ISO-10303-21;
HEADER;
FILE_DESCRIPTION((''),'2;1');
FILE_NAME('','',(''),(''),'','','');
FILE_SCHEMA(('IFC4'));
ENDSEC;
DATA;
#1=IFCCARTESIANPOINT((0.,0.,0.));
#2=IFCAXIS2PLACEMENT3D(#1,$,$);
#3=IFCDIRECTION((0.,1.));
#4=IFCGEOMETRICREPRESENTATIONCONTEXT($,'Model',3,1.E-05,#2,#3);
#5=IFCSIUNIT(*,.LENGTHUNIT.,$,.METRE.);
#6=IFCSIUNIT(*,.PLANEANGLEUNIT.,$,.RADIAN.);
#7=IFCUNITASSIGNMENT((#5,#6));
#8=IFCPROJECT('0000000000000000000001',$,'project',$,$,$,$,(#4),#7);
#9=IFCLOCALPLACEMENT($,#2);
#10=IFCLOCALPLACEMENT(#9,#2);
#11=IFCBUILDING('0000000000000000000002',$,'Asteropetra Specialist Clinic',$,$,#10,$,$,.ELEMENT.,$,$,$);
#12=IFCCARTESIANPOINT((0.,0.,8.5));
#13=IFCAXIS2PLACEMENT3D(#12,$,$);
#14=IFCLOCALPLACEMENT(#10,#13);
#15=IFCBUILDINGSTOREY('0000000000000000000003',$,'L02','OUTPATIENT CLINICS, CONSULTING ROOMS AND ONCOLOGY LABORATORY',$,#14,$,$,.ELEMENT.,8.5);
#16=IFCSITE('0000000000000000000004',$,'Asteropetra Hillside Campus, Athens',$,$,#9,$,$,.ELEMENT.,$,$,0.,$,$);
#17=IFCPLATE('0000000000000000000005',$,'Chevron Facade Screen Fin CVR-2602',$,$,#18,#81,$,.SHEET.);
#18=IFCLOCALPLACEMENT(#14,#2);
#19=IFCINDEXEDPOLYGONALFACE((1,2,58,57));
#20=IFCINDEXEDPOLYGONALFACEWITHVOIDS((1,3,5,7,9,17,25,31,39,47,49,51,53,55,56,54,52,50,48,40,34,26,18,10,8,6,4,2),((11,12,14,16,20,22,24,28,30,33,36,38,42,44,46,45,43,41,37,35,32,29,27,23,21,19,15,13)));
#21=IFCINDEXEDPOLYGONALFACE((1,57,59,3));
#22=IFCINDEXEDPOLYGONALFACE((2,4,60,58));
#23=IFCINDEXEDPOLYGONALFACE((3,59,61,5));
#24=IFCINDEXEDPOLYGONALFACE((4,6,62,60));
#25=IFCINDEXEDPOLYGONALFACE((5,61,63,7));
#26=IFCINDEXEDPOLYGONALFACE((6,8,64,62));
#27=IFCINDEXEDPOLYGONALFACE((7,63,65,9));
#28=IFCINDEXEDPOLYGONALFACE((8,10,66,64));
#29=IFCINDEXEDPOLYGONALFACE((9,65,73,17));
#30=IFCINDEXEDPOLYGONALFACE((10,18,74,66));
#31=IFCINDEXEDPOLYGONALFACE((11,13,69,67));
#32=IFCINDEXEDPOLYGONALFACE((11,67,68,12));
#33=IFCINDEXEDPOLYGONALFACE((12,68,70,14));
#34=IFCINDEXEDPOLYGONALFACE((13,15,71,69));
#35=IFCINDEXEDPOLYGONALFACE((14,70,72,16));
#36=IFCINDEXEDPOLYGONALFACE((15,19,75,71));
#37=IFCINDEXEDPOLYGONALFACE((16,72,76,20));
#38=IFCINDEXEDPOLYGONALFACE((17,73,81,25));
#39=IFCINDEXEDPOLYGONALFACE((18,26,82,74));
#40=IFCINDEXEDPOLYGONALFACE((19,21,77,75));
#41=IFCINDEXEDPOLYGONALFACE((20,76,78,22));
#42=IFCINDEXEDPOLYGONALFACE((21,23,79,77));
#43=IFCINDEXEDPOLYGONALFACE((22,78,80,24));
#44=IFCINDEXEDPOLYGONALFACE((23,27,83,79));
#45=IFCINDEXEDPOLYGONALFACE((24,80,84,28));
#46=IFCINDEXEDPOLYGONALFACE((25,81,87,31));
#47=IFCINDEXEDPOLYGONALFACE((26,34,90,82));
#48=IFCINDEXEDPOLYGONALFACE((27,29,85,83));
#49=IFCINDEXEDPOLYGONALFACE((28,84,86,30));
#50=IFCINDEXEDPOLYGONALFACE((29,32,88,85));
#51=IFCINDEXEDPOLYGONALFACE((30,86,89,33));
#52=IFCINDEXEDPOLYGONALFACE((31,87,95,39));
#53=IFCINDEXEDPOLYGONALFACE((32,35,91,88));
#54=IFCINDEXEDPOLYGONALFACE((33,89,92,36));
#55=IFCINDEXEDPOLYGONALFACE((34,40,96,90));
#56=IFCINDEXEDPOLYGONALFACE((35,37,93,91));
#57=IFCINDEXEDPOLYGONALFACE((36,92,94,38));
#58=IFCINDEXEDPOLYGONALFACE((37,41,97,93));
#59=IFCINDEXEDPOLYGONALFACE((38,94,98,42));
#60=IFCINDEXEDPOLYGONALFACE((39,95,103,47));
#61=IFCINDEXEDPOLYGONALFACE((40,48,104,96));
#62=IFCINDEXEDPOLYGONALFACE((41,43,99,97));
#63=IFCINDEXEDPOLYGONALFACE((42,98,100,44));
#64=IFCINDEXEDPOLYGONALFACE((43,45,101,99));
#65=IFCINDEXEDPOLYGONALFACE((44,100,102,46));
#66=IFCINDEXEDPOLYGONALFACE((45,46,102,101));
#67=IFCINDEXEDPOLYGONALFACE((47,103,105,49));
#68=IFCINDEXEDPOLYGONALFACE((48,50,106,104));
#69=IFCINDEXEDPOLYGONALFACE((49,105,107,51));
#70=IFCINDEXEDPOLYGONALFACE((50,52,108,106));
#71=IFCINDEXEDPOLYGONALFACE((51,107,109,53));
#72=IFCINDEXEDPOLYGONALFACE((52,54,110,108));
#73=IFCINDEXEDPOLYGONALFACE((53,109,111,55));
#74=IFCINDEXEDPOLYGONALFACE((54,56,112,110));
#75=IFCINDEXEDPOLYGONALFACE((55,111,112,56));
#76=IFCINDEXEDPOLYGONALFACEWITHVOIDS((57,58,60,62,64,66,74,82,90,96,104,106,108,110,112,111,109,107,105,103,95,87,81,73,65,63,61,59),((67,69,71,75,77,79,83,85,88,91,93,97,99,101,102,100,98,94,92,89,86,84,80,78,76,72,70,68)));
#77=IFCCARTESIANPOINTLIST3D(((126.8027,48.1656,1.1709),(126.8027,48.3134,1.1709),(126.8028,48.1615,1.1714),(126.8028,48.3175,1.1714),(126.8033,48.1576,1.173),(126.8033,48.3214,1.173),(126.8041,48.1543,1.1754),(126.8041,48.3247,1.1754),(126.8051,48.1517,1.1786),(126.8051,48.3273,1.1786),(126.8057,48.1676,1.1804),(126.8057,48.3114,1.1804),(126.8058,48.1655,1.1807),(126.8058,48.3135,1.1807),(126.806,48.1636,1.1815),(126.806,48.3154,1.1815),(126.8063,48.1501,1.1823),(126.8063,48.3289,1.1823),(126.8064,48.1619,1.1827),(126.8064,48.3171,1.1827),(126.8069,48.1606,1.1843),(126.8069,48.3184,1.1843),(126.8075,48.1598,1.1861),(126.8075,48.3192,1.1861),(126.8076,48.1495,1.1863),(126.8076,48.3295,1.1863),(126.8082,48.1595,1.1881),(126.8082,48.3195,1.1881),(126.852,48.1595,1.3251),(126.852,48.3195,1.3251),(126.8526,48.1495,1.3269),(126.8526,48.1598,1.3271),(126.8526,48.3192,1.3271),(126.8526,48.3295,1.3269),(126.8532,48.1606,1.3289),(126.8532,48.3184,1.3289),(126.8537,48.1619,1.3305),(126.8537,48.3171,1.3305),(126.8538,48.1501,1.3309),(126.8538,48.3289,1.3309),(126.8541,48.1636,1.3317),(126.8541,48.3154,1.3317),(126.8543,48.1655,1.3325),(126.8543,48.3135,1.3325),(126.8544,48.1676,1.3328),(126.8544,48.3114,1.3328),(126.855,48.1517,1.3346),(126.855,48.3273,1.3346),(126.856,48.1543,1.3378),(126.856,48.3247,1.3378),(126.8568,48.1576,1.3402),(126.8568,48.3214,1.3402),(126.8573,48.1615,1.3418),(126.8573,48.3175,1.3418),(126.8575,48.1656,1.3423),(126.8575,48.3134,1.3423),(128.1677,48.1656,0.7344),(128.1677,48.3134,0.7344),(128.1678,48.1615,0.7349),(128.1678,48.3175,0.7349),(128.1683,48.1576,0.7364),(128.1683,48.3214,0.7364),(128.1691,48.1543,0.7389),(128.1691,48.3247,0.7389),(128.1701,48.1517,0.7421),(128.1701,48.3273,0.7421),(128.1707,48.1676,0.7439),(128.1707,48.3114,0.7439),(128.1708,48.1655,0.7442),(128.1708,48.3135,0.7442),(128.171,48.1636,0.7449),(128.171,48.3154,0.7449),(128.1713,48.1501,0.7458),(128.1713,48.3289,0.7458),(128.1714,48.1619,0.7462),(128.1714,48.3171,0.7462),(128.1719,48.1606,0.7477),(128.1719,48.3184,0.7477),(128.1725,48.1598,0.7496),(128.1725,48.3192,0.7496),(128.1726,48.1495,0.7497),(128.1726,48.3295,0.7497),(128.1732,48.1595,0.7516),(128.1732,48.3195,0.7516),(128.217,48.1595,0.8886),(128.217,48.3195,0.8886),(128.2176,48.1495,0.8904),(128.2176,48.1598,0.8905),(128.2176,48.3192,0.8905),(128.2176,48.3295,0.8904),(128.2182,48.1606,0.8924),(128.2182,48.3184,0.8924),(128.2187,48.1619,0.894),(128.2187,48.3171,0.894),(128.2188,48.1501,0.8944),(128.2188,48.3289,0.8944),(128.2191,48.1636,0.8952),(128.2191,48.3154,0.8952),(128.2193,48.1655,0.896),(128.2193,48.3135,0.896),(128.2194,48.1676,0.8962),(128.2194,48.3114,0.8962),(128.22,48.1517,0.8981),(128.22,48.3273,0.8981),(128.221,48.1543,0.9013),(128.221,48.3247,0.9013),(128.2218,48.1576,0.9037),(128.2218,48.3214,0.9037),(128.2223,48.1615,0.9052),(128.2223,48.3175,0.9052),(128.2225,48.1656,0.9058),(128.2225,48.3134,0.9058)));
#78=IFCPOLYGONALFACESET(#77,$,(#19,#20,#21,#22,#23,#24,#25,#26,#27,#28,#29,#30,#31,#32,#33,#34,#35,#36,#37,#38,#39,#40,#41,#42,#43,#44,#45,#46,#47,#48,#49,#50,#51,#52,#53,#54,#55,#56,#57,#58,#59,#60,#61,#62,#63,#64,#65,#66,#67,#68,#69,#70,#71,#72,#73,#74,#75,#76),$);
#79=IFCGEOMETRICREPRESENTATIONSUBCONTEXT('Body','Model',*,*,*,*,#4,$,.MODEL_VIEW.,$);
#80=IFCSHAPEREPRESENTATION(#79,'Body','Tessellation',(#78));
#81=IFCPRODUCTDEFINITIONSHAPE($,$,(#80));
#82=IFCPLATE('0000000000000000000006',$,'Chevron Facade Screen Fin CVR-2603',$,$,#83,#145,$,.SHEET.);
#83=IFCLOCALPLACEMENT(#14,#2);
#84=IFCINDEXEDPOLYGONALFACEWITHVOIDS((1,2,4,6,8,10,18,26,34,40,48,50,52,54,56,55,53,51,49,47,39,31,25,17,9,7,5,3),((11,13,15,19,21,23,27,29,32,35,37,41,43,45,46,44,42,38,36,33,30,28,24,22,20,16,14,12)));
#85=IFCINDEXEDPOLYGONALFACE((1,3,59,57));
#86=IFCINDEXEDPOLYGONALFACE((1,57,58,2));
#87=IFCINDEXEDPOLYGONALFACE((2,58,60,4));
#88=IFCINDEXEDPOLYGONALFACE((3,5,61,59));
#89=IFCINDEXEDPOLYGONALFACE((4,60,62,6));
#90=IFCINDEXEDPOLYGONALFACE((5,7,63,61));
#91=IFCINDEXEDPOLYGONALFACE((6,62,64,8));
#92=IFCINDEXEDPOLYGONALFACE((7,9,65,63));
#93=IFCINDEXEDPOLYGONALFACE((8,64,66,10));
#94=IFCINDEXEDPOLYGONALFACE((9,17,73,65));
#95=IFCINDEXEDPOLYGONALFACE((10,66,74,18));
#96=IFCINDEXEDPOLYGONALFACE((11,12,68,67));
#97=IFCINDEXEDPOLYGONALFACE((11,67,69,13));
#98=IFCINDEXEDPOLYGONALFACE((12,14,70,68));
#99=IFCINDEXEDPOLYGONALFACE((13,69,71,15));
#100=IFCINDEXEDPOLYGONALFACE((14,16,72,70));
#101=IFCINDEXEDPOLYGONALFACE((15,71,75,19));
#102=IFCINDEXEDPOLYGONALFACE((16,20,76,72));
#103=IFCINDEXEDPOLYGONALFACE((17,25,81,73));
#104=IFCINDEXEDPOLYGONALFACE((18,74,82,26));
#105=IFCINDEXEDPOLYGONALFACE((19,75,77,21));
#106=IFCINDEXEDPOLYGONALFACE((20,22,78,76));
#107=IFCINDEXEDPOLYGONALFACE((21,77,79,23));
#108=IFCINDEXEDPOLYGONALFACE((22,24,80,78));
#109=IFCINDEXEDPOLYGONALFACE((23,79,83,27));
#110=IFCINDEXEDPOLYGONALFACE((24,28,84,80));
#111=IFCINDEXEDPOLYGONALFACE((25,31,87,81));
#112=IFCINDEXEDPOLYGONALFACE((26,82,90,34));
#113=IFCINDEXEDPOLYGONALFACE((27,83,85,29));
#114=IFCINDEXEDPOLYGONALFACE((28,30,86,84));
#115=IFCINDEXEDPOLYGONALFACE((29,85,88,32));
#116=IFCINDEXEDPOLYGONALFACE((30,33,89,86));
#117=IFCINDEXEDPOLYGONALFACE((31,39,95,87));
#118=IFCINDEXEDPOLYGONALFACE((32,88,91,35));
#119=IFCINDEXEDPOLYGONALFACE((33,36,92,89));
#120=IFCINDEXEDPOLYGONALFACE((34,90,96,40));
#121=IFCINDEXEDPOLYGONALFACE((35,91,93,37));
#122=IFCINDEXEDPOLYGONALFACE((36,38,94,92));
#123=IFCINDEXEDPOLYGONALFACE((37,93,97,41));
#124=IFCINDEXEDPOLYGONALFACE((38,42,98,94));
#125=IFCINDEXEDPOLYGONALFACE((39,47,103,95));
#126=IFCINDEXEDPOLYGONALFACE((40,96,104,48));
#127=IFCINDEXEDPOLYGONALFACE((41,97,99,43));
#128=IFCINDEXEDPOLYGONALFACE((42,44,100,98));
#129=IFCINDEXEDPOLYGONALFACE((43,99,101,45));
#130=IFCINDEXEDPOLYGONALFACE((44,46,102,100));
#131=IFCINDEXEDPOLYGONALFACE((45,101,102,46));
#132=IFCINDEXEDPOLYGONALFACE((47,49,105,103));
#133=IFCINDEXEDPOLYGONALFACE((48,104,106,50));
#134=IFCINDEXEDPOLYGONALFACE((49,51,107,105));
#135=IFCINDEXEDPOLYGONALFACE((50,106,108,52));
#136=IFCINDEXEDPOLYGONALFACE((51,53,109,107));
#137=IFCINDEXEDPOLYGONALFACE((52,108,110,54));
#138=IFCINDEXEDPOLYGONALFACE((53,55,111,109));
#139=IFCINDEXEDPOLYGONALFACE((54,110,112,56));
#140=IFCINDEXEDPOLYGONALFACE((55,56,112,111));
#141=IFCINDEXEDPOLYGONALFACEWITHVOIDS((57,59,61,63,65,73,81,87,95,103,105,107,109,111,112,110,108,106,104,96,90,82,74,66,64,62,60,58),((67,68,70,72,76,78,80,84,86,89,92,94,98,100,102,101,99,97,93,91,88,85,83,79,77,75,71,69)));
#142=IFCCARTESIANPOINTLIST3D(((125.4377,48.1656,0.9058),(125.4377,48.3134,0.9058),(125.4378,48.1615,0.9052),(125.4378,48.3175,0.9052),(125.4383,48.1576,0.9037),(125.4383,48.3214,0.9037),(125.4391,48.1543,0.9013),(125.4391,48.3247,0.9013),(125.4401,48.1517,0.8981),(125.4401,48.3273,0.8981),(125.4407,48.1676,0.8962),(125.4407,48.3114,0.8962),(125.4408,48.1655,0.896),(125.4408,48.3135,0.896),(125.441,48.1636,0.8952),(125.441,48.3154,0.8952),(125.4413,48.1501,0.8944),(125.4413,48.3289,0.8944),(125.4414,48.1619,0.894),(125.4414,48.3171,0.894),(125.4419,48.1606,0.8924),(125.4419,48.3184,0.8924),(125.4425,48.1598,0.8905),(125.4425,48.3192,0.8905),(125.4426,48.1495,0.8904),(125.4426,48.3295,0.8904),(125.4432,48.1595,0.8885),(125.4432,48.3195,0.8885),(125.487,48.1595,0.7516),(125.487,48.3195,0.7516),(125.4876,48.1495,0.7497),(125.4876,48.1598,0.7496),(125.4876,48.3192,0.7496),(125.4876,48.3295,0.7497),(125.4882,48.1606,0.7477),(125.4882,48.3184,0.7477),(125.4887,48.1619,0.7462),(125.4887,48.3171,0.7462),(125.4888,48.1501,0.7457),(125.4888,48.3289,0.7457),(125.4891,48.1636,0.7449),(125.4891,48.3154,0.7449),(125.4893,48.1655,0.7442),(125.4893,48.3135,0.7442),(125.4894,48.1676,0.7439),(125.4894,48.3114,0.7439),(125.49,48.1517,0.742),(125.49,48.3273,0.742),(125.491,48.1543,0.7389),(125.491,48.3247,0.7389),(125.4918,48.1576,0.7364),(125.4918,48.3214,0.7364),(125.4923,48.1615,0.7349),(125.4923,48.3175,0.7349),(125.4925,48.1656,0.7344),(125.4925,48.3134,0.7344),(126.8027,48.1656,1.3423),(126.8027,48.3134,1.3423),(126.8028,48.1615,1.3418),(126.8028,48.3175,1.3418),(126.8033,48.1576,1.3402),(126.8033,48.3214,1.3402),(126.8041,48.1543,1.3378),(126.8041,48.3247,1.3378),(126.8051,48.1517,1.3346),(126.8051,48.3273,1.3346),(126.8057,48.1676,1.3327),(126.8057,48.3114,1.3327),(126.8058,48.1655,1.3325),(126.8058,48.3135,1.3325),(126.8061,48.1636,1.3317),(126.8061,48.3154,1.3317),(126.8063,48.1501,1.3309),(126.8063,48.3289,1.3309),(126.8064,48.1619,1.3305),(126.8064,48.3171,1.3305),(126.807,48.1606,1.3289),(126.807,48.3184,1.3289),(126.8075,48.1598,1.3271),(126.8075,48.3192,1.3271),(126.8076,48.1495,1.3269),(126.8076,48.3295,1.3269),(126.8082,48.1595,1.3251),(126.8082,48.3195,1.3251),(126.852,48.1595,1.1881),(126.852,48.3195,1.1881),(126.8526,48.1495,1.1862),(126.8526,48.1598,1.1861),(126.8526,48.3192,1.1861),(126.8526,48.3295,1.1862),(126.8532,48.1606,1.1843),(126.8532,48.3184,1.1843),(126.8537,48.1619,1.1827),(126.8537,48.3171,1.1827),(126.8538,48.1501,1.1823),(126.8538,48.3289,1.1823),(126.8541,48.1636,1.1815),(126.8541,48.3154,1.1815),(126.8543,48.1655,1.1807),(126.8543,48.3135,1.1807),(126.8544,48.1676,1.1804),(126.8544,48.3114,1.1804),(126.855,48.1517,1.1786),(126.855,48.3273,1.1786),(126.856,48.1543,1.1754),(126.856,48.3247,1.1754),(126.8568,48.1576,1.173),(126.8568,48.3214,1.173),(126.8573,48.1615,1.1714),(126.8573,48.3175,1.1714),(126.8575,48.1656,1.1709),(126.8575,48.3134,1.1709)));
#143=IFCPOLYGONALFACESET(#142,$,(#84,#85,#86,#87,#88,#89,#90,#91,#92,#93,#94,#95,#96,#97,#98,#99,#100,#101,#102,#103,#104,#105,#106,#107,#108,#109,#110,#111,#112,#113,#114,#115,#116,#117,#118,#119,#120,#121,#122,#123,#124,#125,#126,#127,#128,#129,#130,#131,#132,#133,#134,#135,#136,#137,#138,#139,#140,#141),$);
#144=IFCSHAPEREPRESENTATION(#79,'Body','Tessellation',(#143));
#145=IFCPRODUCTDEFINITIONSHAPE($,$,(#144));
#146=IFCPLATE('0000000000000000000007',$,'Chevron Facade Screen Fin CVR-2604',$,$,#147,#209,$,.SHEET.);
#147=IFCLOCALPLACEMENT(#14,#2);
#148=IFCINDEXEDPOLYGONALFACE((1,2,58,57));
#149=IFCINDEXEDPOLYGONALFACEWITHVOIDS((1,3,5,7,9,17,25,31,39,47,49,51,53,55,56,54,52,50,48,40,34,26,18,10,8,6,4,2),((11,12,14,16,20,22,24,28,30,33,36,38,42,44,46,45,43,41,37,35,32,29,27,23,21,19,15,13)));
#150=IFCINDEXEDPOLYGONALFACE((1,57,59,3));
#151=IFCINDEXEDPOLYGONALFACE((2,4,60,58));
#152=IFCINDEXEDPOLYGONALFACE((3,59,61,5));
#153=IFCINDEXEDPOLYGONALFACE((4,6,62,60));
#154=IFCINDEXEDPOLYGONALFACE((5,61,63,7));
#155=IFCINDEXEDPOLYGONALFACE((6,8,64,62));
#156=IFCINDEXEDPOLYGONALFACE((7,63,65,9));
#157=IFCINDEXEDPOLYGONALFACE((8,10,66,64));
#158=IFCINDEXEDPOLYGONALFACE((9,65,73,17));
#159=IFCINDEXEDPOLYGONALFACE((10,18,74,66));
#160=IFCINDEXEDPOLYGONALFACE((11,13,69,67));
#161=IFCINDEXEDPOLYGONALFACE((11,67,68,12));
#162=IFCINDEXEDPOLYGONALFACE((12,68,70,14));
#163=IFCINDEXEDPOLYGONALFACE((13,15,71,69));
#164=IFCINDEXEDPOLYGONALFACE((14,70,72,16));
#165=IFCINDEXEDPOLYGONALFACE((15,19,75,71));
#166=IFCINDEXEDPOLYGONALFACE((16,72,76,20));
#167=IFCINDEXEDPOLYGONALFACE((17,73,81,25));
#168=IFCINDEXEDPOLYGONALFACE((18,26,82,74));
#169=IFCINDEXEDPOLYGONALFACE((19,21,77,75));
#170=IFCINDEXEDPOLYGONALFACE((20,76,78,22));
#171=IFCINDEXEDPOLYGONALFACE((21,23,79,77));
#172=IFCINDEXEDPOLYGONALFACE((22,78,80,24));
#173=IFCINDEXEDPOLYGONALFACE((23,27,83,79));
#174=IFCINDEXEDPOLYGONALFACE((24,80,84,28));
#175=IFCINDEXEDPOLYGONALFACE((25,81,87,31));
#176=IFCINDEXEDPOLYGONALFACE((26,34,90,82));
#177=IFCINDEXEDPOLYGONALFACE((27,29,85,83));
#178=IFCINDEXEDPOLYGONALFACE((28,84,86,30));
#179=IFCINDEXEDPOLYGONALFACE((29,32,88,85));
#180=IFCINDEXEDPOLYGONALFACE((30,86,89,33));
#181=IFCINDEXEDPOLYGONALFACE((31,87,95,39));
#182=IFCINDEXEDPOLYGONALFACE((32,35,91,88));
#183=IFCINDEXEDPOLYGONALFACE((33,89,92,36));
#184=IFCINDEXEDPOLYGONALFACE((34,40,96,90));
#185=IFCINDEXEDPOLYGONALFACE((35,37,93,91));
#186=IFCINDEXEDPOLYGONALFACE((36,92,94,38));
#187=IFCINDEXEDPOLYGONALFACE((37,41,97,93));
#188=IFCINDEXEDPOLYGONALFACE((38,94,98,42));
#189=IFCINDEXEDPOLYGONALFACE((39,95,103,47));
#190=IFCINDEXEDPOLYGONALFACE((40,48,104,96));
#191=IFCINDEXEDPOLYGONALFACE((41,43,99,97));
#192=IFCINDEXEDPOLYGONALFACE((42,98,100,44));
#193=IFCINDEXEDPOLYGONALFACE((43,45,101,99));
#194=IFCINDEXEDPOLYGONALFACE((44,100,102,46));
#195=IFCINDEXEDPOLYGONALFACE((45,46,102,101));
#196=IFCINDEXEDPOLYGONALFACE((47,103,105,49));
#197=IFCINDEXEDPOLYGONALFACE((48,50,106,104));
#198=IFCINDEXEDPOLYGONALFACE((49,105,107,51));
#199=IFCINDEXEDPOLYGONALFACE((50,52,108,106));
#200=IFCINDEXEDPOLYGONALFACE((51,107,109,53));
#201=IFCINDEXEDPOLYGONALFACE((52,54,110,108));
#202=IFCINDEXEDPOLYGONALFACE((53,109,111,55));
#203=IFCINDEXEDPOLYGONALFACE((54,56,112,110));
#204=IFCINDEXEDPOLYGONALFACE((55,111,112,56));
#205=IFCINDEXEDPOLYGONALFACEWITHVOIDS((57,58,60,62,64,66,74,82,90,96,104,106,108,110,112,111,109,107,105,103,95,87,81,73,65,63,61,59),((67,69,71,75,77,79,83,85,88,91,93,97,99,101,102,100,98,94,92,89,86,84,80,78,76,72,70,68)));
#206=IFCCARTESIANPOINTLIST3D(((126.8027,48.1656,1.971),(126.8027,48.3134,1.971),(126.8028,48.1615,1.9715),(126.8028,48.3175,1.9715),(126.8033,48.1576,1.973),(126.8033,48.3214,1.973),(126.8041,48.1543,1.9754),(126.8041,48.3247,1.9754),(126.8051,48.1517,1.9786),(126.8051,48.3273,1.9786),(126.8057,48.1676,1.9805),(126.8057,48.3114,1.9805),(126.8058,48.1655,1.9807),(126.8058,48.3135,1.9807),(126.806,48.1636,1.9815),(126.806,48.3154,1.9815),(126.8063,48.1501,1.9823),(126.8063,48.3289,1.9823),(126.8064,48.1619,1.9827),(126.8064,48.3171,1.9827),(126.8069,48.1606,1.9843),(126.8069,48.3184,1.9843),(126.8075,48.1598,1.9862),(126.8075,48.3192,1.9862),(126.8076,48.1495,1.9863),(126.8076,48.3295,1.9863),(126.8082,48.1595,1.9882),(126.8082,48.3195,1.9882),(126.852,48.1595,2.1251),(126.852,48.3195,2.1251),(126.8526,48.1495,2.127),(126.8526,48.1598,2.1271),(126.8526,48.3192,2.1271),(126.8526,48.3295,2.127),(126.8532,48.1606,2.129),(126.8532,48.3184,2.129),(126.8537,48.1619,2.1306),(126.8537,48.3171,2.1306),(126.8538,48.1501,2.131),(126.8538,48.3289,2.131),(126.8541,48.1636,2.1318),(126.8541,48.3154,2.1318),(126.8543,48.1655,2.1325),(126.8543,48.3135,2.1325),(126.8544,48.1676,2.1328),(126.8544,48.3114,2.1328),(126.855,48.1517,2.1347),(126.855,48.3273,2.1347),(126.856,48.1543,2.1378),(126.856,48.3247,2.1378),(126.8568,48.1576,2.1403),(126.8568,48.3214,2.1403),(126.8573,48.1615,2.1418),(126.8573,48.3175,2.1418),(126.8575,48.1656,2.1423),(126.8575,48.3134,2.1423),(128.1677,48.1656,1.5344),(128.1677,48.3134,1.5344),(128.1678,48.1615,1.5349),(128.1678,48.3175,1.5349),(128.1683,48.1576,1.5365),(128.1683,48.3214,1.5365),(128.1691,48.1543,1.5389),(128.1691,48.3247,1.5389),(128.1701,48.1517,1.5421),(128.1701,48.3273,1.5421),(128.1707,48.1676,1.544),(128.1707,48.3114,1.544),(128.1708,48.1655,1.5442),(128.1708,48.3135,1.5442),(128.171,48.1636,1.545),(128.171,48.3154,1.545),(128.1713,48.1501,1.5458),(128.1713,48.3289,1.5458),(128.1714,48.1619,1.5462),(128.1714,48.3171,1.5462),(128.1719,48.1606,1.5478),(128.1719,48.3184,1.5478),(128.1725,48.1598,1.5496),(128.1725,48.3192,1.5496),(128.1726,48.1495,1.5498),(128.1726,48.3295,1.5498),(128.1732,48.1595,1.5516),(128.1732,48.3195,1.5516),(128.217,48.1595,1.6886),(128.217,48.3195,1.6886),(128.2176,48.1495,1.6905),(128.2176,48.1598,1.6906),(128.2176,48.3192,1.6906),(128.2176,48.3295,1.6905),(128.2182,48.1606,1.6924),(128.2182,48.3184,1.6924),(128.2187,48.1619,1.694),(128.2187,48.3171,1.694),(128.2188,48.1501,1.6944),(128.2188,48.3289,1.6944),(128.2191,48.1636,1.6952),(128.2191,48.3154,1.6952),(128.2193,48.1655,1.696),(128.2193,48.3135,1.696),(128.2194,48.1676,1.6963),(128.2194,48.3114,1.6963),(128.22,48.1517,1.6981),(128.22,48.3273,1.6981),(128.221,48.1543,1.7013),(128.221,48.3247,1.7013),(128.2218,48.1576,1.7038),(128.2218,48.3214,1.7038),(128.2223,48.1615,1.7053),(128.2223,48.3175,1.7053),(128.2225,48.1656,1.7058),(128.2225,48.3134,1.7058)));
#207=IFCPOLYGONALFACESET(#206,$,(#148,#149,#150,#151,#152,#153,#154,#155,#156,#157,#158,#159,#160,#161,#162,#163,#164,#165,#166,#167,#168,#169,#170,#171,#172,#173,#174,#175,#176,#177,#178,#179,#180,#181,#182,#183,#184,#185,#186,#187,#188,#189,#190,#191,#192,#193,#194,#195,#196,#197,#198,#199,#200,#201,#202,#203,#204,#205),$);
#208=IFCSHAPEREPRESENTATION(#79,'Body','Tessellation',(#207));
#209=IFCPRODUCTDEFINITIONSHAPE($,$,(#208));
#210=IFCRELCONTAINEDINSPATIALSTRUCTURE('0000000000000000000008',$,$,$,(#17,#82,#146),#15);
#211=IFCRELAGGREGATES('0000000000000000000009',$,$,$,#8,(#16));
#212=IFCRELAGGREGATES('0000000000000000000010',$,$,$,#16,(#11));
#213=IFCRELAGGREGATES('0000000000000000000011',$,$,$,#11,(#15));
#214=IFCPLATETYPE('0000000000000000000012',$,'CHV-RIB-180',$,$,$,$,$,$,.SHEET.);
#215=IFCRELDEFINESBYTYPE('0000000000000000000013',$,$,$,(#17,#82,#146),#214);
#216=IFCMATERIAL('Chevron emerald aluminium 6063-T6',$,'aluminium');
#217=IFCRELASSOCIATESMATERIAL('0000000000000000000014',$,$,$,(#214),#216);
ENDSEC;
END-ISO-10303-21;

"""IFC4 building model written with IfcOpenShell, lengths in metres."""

from ifc_helpers import new_model, si_unit, direction, frame, origin, origin_2d, place, context, subcontext, project, spatial, hollow_rectangle, extrude, material, material_profile, profile_set, type_object, element, save


model = new_model("IFC4")

# Units and contexts
model_context = context("Model", 3, precision=1e-05, world=origin(), true_north=direction((0.0, 1.0)))
body_context = subcontext(model_context, "Body", "Model", "MODEL_VIEW")
ifc_project = project(units=[si_unit("LENGTHUNIT", "METRE"), si_unit("PLANEANGLEUNIT", "RADIAN")], contexts=[model_context])

# Site, building, storey
site_placement = place(None, origin())
site = spatial("IfcSite", under=ifc_project, at=site_placement, Name="Asteropetra Hillside Campus, Athens", CompositionType="ELEMENT", RefElevation=0.0)
building_placement = place(site_placement, origin())
building = spatial("IfcBuilding", under=site, at=building_placement, Name="Asteropetra Specialist Clinic", CompositionType="ELEMENT")
storey_placement = place(building_placement, frame((0.0, 0.0, 8.5)))
storey = spatial("IfcBuildingStorey", under=building, at=storey_placement, Name="L02", Description="OUTPATIENT CLINICS, CONSULTING ROOMS AND ONCOLOGY LABORATORY", CompositionType="ELEMENT", Elevation=8.5)

# Plates
ifc_material_1 = material(Name="Chevron emerald aluminium 6063-T6", Category="aluminium")
ifc_material_profile_1 = material_profile(ifc_material_1, hollow_rectangle(XDim=0.1799, YDim=0.1799, WallThickness=0.01, InnerFilletRadius=0.0081, OuterFilletRadius=0.0161, at=origin_2d()), Name="SHS 180x180x10.0")
ifc_profile_set_1 = profile_set([ifc_material_profile_1], Name="Chevron emerald aluminium 6063-T6")
plate_type = type_object("IfcPlateType", Name="CHV-RIB-180", PredefinedType="SHEET", material=ifc_profile_set_1)
for number, where, z_axis, x_axis, name in (
    (1, (128.1951, 48.2395, 0.8201), (-0.95248, 0.0, 0.304603), (0.0, -1.0, 0.0), "Chevron Facade Screen Fin CVR-2602"),
    (2, (126.8301, 48.2395, 1.2566), (-0.95248, 0.0, -0.304603), (0.0, -1.0, 0.0), "Chevron Facade Screen Fin CVR-2603"),
    (3, (128.1951, 48.2395, 1.6201), (-0.95248, 0.0, 0.304603), (0.0, -1.0, 0.0), "Chevron Facade Screen Fin CVR-2604"),
):
    element("IfcPlate", number, at=place(storey_placement, frame(where, z_axis=z_axis, x_axis=x_axis)), inside=storey, type_object=plate_type, Name=name, PredefinedType="SHEET", context=body_context, shape_type="SweptSolid", body=[
        extrude(hollow_rectangle(XDim=0.1799, YDim=0.1799, WallThickness=0.01, InnerFilletRadius=0.0081, OuterFilletRadius=0.0161, at=origin_2d()), origin(), (0.0, 0.0, 1.0), 1.4331),
    ])

save(model, "model.ifc")
